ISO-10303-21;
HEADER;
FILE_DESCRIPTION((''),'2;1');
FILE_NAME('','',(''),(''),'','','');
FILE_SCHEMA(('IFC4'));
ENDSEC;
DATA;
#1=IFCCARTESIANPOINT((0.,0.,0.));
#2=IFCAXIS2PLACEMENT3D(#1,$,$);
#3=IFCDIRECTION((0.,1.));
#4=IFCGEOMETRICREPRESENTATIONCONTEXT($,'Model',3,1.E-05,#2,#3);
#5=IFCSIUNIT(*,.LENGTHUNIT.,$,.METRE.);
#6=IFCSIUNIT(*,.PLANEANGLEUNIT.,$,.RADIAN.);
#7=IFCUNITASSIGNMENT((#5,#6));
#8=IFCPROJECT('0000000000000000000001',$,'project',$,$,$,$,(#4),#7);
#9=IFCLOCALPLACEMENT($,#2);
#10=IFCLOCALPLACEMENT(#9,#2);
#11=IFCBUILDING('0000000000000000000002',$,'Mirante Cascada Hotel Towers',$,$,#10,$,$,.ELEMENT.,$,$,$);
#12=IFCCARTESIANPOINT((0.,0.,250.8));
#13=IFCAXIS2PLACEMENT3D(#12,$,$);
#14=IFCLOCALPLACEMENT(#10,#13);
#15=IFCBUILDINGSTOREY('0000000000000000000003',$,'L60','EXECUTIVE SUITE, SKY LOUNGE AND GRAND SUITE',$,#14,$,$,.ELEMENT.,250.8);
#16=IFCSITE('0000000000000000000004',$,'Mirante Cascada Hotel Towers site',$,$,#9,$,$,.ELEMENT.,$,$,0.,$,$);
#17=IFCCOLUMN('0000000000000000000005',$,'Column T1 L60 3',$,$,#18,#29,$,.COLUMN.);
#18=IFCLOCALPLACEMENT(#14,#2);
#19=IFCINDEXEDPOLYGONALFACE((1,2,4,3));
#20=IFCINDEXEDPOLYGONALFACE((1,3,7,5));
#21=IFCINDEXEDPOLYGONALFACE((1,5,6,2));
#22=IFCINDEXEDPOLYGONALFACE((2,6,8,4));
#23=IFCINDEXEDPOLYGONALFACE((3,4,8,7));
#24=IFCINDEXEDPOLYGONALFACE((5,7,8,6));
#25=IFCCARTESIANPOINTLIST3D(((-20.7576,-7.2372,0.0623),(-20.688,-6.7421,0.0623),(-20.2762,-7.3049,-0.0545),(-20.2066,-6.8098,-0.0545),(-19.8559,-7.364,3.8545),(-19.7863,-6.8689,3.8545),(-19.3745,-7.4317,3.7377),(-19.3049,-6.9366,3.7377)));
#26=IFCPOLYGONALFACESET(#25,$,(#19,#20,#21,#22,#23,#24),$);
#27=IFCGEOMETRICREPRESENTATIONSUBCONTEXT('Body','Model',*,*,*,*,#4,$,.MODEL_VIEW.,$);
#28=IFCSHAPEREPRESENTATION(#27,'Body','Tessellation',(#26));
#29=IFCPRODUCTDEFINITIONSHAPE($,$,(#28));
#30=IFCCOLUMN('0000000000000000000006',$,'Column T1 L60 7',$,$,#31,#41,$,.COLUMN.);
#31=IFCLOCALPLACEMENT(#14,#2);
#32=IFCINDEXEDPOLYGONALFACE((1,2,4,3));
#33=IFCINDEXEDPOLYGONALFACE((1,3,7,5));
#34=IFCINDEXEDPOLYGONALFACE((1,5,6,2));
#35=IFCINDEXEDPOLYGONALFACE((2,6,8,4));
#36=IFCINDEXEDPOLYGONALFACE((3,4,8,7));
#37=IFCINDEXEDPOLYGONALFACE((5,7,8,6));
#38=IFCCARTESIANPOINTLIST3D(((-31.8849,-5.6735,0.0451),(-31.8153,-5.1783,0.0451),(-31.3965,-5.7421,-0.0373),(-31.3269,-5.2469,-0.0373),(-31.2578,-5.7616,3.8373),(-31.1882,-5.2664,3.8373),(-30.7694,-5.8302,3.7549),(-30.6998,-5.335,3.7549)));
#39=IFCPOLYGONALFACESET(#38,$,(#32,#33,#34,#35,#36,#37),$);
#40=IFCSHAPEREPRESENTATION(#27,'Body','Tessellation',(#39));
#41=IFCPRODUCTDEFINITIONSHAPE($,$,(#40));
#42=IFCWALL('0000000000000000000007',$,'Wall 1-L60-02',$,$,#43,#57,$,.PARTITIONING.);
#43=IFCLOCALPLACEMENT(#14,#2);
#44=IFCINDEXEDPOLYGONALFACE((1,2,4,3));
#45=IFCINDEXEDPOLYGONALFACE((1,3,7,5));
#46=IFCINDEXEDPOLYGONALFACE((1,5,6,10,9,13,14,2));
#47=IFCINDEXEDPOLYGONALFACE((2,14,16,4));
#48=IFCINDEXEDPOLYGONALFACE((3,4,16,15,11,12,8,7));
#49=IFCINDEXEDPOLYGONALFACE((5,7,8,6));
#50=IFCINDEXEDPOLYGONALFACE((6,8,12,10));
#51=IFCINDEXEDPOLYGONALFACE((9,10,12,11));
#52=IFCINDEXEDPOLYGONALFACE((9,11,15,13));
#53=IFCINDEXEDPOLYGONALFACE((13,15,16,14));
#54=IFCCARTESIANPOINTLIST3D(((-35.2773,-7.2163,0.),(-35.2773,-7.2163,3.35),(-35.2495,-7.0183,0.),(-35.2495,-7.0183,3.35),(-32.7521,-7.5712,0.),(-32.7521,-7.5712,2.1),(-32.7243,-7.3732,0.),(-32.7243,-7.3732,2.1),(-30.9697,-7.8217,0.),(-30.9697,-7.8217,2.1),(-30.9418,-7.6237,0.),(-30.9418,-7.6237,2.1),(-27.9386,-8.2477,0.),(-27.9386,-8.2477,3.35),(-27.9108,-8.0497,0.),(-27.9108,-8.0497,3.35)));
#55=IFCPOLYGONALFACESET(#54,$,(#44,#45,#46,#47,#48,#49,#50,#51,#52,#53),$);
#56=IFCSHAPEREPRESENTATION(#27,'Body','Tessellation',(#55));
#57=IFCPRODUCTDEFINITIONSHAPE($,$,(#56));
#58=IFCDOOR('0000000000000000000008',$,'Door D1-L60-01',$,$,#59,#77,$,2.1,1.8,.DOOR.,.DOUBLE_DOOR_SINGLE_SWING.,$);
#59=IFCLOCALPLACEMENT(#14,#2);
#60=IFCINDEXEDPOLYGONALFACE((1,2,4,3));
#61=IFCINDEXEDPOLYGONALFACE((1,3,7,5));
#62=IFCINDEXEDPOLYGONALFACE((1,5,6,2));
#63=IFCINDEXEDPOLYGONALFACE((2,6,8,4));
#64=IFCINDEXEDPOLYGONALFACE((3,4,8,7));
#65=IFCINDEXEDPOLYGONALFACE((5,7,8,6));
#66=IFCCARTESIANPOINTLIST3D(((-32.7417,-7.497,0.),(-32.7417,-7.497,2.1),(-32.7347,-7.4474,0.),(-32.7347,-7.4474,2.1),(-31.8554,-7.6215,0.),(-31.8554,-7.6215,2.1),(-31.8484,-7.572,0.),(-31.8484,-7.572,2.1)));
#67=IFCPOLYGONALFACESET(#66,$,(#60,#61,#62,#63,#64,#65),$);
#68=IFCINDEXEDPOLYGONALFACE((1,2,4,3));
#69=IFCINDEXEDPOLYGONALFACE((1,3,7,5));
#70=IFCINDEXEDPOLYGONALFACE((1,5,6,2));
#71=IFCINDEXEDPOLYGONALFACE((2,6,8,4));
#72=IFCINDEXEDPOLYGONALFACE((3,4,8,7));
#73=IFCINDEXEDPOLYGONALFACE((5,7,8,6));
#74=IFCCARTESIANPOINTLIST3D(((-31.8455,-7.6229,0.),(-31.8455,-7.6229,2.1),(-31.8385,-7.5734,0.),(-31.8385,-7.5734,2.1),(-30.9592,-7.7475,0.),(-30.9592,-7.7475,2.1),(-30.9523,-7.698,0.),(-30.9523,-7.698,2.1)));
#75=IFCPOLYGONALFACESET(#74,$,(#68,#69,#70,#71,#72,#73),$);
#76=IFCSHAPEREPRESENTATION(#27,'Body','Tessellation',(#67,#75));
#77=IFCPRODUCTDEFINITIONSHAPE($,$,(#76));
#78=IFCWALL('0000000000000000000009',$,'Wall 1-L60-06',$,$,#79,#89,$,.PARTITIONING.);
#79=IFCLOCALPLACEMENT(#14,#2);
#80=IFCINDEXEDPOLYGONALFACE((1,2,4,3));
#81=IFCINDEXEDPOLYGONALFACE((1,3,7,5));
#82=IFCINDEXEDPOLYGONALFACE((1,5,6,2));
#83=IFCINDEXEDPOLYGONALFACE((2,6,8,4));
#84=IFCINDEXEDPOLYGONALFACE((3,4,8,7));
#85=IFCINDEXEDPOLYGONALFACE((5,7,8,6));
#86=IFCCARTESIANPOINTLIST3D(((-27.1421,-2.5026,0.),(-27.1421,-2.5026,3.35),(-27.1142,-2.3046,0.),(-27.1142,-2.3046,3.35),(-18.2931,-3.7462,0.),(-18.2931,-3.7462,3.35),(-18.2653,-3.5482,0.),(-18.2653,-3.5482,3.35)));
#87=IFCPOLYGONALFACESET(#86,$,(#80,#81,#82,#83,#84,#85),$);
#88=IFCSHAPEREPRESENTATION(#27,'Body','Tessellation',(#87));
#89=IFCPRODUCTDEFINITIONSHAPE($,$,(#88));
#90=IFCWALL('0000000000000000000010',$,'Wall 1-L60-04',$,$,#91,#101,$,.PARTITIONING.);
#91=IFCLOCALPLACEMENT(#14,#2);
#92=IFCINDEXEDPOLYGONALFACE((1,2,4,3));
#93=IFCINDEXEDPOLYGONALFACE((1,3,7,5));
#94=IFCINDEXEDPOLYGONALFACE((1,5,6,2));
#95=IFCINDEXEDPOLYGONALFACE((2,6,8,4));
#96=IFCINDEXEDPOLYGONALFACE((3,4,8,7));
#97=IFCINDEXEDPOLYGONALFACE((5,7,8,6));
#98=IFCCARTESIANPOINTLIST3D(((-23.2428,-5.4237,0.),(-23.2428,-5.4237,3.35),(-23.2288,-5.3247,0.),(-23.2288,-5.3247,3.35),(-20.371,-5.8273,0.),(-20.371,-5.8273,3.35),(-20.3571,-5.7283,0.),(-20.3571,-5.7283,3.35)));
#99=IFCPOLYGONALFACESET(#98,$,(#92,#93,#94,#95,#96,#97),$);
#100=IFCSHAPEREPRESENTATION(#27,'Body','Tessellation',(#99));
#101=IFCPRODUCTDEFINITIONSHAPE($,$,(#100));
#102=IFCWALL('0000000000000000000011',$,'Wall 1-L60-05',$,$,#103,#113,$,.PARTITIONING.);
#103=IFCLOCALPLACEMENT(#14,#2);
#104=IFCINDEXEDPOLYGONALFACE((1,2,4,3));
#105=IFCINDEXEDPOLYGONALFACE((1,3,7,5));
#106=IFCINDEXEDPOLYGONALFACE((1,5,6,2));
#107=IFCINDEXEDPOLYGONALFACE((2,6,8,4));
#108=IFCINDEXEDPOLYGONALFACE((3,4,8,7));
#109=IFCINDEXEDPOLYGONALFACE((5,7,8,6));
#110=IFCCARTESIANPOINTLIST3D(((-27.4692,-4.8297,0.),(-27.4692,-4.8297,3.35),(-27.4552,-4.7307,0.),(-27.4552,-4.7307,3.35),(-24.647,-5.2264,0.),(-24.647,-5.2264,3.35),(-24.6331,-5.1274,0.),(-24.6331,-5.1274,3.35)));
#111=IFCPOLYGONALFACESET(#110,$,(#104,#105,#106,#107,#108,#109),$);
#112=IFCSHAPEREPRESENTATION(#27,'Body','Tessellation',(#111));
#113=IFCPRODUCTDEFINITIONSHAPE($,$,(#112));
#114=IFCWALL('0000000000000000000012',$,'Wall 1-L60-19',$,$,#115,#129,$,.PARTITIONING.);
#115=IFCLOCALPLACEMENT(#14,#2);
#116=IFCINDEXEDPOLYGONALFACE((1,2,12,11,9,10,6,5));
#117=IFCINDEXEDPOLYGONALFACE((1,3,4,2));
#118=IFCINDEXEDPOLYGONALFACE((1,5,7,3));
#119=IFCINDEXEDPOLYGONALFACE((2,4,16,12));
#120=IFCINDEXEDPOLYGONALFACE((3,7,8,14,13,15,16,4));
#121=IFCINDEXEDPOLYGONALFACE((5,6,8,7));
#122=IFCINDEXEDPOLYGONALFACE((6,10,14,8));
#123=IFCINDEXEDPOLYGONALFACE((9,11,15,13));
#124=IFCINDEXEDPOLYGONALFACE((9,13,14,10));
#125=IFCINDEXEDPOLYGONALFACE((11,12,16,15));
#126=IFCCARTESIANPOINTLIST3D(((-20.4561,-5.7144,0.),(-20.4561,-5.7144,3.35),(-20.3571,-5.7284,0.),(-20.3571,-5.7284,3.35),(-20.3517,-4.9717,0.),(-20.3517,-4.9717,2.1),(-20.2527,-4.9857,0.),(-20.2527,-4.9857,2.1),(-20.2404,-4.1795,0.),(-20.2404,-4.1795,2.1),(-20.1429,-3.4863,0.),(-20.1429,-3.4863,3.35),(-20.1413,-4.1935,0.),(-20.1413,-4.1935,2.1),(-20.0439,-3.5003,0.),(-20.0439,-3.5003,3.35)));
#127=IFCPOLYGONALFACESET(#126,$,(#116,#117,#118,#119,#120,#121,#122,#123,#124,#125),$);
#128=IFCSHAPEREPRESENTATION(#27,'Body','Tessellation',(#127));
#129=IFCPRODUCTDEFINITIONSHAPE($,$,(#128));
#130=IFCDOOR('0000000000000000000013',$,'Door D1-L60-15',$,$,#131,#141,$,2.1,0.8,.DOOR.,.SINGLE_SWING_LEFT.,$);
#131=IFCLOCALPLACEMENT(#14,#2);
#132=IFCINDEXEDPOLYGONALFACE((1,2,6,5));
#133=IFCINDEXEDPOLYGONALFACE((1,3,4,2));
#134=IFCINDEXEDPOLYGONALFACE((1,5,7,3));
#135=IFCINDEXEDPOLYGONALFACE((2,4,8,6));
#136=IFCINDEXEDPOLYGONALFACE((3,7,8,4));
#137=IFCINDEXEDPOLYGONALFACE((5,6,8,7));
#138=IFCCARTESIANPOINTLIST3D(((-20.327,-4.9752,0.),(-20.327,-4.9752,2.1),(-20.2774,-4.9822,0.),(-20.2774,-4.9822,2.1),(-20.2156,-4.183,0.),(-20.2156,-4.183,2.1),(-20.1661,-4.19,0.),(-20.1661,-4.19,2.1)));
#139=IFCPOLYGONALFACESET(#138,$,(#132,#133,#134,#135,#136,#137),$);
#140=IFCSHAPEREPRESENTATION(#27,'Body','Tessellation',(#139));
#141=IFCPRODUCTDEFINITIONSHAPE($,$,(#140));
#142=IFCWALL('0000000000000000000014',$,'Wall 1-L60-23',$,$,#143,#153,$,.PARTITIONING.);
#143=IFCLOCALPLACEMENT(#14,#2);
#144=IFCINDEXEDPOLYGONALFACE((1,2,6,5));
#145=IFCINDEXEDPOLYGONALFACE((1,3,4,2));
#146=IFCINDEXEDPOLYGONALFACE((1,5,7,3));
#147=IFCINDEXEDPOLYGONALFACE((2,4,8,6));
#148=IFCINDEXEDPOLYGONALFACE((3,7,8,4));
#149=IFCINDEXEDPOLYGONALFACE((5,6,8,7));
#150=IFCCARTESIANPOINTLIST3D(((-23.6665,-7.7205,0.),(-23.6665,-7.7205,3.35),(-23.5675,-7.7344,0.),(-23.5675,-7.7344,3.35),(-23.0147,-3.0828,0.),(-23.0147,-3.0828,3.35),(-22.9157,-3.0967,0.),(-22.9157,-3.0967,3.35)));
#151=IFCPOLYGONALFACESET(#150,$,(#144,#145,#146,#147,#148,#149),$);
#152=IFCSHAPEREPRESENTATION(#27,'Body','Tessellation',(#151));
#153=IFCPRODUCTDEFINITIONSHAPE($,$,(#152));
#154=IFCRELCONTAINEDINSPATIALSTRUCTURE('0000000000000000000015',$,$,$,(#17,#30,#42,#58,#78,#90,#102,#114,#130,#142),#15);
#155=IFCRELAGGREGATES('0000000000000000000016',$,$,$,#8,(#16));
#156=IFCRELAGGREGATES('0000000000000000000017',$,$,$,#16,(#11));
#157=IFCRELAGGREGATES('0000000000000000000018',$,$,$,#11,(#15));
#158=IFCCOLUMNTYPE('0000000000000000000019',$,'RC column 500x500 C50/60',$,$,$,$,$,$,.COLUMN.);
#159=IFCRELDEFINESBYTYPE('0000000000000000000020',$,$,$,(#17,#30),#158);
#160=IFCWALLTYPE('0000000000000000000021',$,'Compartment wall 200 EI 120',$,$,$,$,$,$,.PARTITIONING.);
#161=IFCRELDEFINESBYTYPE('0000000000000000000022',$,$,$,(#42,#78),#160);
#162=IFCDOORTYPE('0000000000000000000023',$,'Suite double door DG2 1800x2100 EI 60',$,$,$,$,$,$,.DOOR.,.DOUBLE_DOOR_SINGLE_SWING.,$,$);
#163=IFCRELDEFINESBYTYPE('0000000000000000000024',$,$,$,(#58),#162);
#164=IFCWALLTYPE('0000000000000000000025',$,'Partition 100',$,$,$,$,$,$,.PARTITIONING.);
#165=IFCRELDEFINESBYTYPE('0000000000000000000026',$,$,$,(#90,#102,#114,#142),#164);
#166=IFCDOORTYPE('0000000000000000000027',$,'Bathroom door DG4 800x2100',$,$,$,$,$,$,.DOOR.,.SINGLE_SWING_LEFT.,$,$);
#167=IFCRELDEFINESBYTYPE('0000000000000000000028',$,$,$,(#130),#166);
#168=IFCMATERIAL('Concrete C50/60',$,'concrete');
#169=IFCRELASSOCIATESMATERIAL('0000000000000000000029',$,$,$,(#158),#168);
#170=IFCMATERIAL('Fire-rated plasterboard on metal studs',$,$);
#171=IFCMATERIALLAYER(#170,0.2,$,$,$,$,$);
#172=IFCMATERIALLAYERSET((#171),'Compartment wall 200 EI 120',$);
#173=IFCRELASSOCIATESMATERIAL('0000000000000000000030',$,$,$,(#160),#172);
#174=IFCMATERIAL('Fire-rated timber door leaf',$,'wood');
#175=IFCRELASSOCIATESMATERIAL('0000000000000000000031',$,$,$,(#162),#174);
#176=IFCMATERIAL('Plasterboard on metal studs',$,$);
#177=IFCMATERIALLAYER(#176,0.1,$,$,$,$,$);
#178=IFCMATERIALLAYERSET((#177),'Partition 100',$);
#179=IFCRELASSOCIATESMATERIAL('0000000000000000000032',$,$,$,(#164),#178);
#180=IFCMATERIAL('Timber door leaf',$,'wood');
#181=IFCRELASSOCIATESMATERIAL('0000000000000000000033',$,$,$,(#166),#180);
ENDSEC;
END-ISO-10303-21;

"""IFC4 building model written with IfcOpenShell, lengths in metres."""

from ifc_helpers import new_model, si_unit, direction, frame, frame_2d, origin, origin_2d, place, context, subcontext, project, spatial, rectangle, extrude, material, layer, layer_set, material_profile, profile_set, type_object, element, fill, save


model = new_model("IFC4")

# Units and contexts
model_context = context("Model", 3, precision=1e-05, world=origin(), true_north=direction((0.0, 1.0)))
body_context = subcontext(model_context, "Body", "Model", "MODEL_VIEW")
ifc_project = project(units=[si_unit("LENGTHUNIT", "METRE"), si_unit("PLANEANGLEUNIT", "RADIAN")], contexts=[model_context])

# Site, building, storey
site_placement = place(None, origin())
site = spatial("IfcSite", under=ifc_project, at=site_placement, Name="Mirante Cascada Hotel Towers site", CompositionType="ELEMENT", RefElevation=0.0)
building_placement = place(site_placement, origin())
building = spatial("IfcBuilding", under=site, at=building_placement, Name="Mirante Cascada Hotel Towers", CompositionType="ELEMENT")
storey_placement = place(building_placement, frame((0.0, 0.0, 250.8)))
storey = spatial("IfcBuildingStorey", under=building, at=storey_placement, Name="L60", Description="EXECUTIVE SUITE, SKY LOUNGE AND GRAND SUITE", CompositionType="ELEMENT", Elevation=250.8)

# Columns
ifc_material_1 = material(Name="Concrete C50/60", Category="concrete")
ifc_material_profile = material_profile(ifc_material_1, rectangle(XDim=0.5, YDim=0.5, at=origin_2d()), Name="RC column 500x500 C50/60")
ifc_profile_set = profile_set([ifc_material_profile], Name="Concrete C50/60")
column_type = type_object("IfcColumnType", Name="RC column 500x500 C50/60", PredefinedType="COLUMN", material=ifc_profile_set)
column_1_placement = place(storey_placement, frame((-20.4821, -7.0235, 0.0039), z_axis=(0.231206, -0.032513, 0.972361), x_axis=(0.139253, 0.990257, 0.0)))
element("IfcColumn", 1, at=column_1_placement, inside=storey, type_object=column_type, Name="Column T1 L60 3", PredefinedType="COLUMN", context=body_context, shape_type="SweptSolid", body=[
    extrude(rectangle(XDim=0.5, YDim=0.5, at=origin_2d()), origin(), (0.0, 0.0, 1.0), 3.9),
])
column_2_placement = place(storey_placement, frame((-31.6059, -5.4602, 0.0039), z_axis=(0.163107, -0.022915, 0.986342), x_axis=(0.139122, 0.990275, 0.0)))
element("IfcColumn", 2, at=column_2_placement, inside=storey, type_object=column_type, Name="Column T1 L60 7", PredefinedType="COLUMN", context=body_context, shape_type="SweptSolid", body=[
    extrude(rectangle(XDim=0.5, YDim=0.5, at=origin_2d()), origin(), (0.0, 0.0, 1.0), 3.8447),
])

# Wall, opening, door
ifc_material_2 = material(Name="Fire-rated plasterboard on metal studs")
ifc_layer_1 = layer(ifc_material_2, 0.2)
ifc_layer_set_1 = layer_set([ifc_layer_1], Name="Compartment wall 200 EI 120")
wall_type_1 = type_object("IfcWallType", Name="Compartment wall 200 EI 120", PredefinedType="PARTITIONING", material=ifc_layer_set_1)
wall_1_placement = place(storey_placement, frame((-35.2634, -7.1173, 0.0), z_axis=(0.0, 0.0, 1.0), x_axis=(0.990268, -0.139175, 0.0)))
wall_1 = element("IfcWall", 3, at=wall_1_placement, inside=storey, type_object=wall_type_1, Name="Wall 1-L60-02", PredefinedType="PARTITIONING", context=body_context, shape_type="SweptSolid", body=[
    extrude(rectangle(XDim=7.4108, YDim=0.2, at=frame_2d((3.7054, 0.0))), origin(), (0.0, 0.0, 1.0), 3.35),
])
opening_1_placement = place(wall_1_placement, frame((2.55, 0.0, 0.0)))
opening_1 = element("IfcOpeningElement", 4, at=opening_1_placement, cuts=wall_1, PredefinedType="OPENING", context=body_context, shape_type="SweptSolid", body=[
    extrude(rectangle(XDim=1.8, YDim=2.1, at=frame_2d((0.9, 1.05))), frame((0.0, 0.1, 0.0), z_axis=(0.0, -1.0, 0.0), x_axis=(1.0, 0.0, 0.0)), (0.0, 0.0, 1.0), 0.2),
])
ifc_material_3 = material(Name="Fire-rated timber door leaf", Category="wood")
door_type_1 = type_object("IfcDoorType", Name="Suite double door DG2 1800x2100 EI 60", OperationType="DOUBLE_DOOR_SINGLE_SWING", PredefinedType="DOOR", material=ifc_material_3)
door_1_placement = place(opening_1_placement, origin())
door_1 = element("IfcDoor", 5, at=door_1_placement, inside=storey, type_object=door_type_1, Name="Door D1-L60-01", OperationType="DOUBLE_DOOR_SINGLE_SWING", OverallHeight=2.1, OverallWidth=1.8, PredefinedType="DOOR", context=body_context, shape_type="SweptSolid", body=[
    extrude(rectangle(XDim=0.895, YDim=2.1, at=frame_2d((0.4475, 1.05))), frame((0.0, 0.025, 0.0), z_axis=(0.0, -1.0, 0.0), x_axis=(1.0, 0.0, 0.0)), (0.0, 0.0, 1.0), 0.05),
    extrude(rectangle(XDim=0.895, YDim=2.1, at=frame_2d((1.3525, 1.05))), frame((0.0, 0.025, 0.0), z_axis=(0.0, -1.0, 0.0), x_axis=(1.0, 0.0, 0.0)), (0.0, 0.0, 1.0), 0.05),
])
fill(opening_1, door_1)

# Walls
wall_2_placement = place(storey_placement, frame((-27.1282, -2.4036, 0.0), z_axis=(0.0, 0.0, 1.0), x_axis=(0.990269, -0.13917, 0.0)))
element("IfcWall", 6, at=wall_2_placement, inside=storey, type_object=wall_type_1, Name="Wall 1-L60-06", PredefinedType="PARTITIONING", context=body_context, shape_type="SweptSolid", body=[
    extrude(rectangle(XDim=8.9359, YDim=0.2, at=frame_2d((4.468, 0.0))), origin(), (0.0, 0.0, 1.0), 3.35),
])
ifc_material_4 = material(Name="Plasterboard on metal studs")
ifc_layer_2 = layer(ifc_material_4, 0.1)
ifc_layer_set_2 = layer_set([ifc_layer_2], Name="Partition 100")
wall_type_2 = type_object("IfcWallType", Name="Partition 100", PredefinedType="PARTITIONING", material=ifc_layer_set_2)
wall_3_placement = place(storey_placement, frame((-23.2358, -5.3742, 0.0), z_axis=(0.0, 0.0, 1.0), x_axis=(0.990268, -0.139171, 0.0)))
element("IfcWall", 7, at=wall_3_placement, inside=storey, type_object=wall_type_2, Name="Wall 1-L60-04", PredefinedType="PARTITIONING", context=body_context, shape_type="SweptSolid", body=[
    extrude(rectangle(XDim=2.9, YDim=0.1, at=frame_2d((1.45, 0.0))), origin(), (0.0, 0.0, 1.0), 3.35),
])
wall_4_placement = place(storey_placement, frame((-24.64, -5.1769, 0.0), z_axis=(0.0, 0.0, 1.0), x_axis=(-0.990265, 0.139196, 0.0)))
element("IfcWall", 8, at=wall_4_placement, inside=storey, type_object=wall_type_2, Name="Wall 1-L60-05", PredefinedType="PARTITIONING", context=body_context, shape_type="SweptSolid", body=[
    extrude(rectangle(XDim=2.8499, YDim=0.1, at=frame_2d((1.425, 0.0))), origin(), (0.0, 0.0, 1.0), 3.35),
])

# Wall, opening, door
wall_5_placement = place(storey_placement, frame((-20.4066, -5.7214, 0.0), z_axis=(0.0, 0.0, 1.0), x_axis=(0.1392, 0.990264, 0.0)))
wall_5 = element("IfcWall", 9, at=wall_5_placement, inside=storey, type_object=wall_type_2, Name="Wall 1-L60-19", PredefinedType="PARTITIONING", context=body_context, shape_type="SweptSolid", body=[
    extrude(rectangle(XDim=2.25, YDim=0.1, at=frame_2d((1.125, 0.0))), origin(), (0.0, 0.0, 1.0), 3.35),
])
opening_2_placement = place(wall_5_placement, frame((0.75, 0.0, 0.0)))
opening_2 = element("IfcOpeningElement", 10, at=opening_2_placement, cuts=wall_5, PredefinedType="OPENING", context=body_context, shape_type="SweptSolid", body=[
    extrude(rectangle(XDim=0.8, YDim=2.1, at=frame_2d((0.4, 1.05))), frame((0.0, 0.05, 0.0), z_axis=(0.0, -1.0, 0.0), x_axis=(1.0, 0.0, 0.0)), (0.0, 0.0, 1.0), 0.1),
])
ifc_material_5 = material(Name="Timber door leaf", Category="wood")
door_type_2 = type_object("IfcDoorType", Name="Bathroom door DG4 800x2100", OperationType="SINGLE_SWING_LEFT", PredefinedType="DOOR", material=ifc_material_5)
door_2_placement = place(opening_2_placement, origin())
door_2 = element("IfcDoor", 11, at=door_2_placement, inside=storey, type_object=door_type_2, Name="Door D1-L60-15", OperationType="SINGLE_SWING_LEFT", OverallHeight=2.1, OverallWidth=0.8, PredefinedType="DOOR", context=body_context, shape_type="SweptSolid", body=[
    extrude(rectangle(XDim=0.8, YDim=2.1, at=frame_2d((0.4, 1.05))), frame((0.0, 0.025, 0.0), z_axis=(0.0, -1.0, 0.0), x_axis=(1.0, 0.0, 0.0)), (0.0, 0.0, 1.0), 0.05),
])
fill(opening_2, door_2)

# Wall
wall_6_placement = place(storey_placement, frame((-23.617, -7.7274, 0.0), z_axis=(0.0, 0.0, 1.0), x_axis=(0.139176, 0.990268, 0.0)))
element("IfcWall", 12, at=wall_6_placement, inside=storey, type_object=wall_type_2, Name="Wall 1-L60-23", PredefinedType="PARTITIONING", context=body_context, shape_type="SweptSolid", body=[
    extrude(rectangle(XDim=4.6833, YDim=0.1, at=frame_2d((2.3416, 0.0))), origin(), (0.0, 0.0, 1.0), 3.35),
])

save(model, "model.ifc")
